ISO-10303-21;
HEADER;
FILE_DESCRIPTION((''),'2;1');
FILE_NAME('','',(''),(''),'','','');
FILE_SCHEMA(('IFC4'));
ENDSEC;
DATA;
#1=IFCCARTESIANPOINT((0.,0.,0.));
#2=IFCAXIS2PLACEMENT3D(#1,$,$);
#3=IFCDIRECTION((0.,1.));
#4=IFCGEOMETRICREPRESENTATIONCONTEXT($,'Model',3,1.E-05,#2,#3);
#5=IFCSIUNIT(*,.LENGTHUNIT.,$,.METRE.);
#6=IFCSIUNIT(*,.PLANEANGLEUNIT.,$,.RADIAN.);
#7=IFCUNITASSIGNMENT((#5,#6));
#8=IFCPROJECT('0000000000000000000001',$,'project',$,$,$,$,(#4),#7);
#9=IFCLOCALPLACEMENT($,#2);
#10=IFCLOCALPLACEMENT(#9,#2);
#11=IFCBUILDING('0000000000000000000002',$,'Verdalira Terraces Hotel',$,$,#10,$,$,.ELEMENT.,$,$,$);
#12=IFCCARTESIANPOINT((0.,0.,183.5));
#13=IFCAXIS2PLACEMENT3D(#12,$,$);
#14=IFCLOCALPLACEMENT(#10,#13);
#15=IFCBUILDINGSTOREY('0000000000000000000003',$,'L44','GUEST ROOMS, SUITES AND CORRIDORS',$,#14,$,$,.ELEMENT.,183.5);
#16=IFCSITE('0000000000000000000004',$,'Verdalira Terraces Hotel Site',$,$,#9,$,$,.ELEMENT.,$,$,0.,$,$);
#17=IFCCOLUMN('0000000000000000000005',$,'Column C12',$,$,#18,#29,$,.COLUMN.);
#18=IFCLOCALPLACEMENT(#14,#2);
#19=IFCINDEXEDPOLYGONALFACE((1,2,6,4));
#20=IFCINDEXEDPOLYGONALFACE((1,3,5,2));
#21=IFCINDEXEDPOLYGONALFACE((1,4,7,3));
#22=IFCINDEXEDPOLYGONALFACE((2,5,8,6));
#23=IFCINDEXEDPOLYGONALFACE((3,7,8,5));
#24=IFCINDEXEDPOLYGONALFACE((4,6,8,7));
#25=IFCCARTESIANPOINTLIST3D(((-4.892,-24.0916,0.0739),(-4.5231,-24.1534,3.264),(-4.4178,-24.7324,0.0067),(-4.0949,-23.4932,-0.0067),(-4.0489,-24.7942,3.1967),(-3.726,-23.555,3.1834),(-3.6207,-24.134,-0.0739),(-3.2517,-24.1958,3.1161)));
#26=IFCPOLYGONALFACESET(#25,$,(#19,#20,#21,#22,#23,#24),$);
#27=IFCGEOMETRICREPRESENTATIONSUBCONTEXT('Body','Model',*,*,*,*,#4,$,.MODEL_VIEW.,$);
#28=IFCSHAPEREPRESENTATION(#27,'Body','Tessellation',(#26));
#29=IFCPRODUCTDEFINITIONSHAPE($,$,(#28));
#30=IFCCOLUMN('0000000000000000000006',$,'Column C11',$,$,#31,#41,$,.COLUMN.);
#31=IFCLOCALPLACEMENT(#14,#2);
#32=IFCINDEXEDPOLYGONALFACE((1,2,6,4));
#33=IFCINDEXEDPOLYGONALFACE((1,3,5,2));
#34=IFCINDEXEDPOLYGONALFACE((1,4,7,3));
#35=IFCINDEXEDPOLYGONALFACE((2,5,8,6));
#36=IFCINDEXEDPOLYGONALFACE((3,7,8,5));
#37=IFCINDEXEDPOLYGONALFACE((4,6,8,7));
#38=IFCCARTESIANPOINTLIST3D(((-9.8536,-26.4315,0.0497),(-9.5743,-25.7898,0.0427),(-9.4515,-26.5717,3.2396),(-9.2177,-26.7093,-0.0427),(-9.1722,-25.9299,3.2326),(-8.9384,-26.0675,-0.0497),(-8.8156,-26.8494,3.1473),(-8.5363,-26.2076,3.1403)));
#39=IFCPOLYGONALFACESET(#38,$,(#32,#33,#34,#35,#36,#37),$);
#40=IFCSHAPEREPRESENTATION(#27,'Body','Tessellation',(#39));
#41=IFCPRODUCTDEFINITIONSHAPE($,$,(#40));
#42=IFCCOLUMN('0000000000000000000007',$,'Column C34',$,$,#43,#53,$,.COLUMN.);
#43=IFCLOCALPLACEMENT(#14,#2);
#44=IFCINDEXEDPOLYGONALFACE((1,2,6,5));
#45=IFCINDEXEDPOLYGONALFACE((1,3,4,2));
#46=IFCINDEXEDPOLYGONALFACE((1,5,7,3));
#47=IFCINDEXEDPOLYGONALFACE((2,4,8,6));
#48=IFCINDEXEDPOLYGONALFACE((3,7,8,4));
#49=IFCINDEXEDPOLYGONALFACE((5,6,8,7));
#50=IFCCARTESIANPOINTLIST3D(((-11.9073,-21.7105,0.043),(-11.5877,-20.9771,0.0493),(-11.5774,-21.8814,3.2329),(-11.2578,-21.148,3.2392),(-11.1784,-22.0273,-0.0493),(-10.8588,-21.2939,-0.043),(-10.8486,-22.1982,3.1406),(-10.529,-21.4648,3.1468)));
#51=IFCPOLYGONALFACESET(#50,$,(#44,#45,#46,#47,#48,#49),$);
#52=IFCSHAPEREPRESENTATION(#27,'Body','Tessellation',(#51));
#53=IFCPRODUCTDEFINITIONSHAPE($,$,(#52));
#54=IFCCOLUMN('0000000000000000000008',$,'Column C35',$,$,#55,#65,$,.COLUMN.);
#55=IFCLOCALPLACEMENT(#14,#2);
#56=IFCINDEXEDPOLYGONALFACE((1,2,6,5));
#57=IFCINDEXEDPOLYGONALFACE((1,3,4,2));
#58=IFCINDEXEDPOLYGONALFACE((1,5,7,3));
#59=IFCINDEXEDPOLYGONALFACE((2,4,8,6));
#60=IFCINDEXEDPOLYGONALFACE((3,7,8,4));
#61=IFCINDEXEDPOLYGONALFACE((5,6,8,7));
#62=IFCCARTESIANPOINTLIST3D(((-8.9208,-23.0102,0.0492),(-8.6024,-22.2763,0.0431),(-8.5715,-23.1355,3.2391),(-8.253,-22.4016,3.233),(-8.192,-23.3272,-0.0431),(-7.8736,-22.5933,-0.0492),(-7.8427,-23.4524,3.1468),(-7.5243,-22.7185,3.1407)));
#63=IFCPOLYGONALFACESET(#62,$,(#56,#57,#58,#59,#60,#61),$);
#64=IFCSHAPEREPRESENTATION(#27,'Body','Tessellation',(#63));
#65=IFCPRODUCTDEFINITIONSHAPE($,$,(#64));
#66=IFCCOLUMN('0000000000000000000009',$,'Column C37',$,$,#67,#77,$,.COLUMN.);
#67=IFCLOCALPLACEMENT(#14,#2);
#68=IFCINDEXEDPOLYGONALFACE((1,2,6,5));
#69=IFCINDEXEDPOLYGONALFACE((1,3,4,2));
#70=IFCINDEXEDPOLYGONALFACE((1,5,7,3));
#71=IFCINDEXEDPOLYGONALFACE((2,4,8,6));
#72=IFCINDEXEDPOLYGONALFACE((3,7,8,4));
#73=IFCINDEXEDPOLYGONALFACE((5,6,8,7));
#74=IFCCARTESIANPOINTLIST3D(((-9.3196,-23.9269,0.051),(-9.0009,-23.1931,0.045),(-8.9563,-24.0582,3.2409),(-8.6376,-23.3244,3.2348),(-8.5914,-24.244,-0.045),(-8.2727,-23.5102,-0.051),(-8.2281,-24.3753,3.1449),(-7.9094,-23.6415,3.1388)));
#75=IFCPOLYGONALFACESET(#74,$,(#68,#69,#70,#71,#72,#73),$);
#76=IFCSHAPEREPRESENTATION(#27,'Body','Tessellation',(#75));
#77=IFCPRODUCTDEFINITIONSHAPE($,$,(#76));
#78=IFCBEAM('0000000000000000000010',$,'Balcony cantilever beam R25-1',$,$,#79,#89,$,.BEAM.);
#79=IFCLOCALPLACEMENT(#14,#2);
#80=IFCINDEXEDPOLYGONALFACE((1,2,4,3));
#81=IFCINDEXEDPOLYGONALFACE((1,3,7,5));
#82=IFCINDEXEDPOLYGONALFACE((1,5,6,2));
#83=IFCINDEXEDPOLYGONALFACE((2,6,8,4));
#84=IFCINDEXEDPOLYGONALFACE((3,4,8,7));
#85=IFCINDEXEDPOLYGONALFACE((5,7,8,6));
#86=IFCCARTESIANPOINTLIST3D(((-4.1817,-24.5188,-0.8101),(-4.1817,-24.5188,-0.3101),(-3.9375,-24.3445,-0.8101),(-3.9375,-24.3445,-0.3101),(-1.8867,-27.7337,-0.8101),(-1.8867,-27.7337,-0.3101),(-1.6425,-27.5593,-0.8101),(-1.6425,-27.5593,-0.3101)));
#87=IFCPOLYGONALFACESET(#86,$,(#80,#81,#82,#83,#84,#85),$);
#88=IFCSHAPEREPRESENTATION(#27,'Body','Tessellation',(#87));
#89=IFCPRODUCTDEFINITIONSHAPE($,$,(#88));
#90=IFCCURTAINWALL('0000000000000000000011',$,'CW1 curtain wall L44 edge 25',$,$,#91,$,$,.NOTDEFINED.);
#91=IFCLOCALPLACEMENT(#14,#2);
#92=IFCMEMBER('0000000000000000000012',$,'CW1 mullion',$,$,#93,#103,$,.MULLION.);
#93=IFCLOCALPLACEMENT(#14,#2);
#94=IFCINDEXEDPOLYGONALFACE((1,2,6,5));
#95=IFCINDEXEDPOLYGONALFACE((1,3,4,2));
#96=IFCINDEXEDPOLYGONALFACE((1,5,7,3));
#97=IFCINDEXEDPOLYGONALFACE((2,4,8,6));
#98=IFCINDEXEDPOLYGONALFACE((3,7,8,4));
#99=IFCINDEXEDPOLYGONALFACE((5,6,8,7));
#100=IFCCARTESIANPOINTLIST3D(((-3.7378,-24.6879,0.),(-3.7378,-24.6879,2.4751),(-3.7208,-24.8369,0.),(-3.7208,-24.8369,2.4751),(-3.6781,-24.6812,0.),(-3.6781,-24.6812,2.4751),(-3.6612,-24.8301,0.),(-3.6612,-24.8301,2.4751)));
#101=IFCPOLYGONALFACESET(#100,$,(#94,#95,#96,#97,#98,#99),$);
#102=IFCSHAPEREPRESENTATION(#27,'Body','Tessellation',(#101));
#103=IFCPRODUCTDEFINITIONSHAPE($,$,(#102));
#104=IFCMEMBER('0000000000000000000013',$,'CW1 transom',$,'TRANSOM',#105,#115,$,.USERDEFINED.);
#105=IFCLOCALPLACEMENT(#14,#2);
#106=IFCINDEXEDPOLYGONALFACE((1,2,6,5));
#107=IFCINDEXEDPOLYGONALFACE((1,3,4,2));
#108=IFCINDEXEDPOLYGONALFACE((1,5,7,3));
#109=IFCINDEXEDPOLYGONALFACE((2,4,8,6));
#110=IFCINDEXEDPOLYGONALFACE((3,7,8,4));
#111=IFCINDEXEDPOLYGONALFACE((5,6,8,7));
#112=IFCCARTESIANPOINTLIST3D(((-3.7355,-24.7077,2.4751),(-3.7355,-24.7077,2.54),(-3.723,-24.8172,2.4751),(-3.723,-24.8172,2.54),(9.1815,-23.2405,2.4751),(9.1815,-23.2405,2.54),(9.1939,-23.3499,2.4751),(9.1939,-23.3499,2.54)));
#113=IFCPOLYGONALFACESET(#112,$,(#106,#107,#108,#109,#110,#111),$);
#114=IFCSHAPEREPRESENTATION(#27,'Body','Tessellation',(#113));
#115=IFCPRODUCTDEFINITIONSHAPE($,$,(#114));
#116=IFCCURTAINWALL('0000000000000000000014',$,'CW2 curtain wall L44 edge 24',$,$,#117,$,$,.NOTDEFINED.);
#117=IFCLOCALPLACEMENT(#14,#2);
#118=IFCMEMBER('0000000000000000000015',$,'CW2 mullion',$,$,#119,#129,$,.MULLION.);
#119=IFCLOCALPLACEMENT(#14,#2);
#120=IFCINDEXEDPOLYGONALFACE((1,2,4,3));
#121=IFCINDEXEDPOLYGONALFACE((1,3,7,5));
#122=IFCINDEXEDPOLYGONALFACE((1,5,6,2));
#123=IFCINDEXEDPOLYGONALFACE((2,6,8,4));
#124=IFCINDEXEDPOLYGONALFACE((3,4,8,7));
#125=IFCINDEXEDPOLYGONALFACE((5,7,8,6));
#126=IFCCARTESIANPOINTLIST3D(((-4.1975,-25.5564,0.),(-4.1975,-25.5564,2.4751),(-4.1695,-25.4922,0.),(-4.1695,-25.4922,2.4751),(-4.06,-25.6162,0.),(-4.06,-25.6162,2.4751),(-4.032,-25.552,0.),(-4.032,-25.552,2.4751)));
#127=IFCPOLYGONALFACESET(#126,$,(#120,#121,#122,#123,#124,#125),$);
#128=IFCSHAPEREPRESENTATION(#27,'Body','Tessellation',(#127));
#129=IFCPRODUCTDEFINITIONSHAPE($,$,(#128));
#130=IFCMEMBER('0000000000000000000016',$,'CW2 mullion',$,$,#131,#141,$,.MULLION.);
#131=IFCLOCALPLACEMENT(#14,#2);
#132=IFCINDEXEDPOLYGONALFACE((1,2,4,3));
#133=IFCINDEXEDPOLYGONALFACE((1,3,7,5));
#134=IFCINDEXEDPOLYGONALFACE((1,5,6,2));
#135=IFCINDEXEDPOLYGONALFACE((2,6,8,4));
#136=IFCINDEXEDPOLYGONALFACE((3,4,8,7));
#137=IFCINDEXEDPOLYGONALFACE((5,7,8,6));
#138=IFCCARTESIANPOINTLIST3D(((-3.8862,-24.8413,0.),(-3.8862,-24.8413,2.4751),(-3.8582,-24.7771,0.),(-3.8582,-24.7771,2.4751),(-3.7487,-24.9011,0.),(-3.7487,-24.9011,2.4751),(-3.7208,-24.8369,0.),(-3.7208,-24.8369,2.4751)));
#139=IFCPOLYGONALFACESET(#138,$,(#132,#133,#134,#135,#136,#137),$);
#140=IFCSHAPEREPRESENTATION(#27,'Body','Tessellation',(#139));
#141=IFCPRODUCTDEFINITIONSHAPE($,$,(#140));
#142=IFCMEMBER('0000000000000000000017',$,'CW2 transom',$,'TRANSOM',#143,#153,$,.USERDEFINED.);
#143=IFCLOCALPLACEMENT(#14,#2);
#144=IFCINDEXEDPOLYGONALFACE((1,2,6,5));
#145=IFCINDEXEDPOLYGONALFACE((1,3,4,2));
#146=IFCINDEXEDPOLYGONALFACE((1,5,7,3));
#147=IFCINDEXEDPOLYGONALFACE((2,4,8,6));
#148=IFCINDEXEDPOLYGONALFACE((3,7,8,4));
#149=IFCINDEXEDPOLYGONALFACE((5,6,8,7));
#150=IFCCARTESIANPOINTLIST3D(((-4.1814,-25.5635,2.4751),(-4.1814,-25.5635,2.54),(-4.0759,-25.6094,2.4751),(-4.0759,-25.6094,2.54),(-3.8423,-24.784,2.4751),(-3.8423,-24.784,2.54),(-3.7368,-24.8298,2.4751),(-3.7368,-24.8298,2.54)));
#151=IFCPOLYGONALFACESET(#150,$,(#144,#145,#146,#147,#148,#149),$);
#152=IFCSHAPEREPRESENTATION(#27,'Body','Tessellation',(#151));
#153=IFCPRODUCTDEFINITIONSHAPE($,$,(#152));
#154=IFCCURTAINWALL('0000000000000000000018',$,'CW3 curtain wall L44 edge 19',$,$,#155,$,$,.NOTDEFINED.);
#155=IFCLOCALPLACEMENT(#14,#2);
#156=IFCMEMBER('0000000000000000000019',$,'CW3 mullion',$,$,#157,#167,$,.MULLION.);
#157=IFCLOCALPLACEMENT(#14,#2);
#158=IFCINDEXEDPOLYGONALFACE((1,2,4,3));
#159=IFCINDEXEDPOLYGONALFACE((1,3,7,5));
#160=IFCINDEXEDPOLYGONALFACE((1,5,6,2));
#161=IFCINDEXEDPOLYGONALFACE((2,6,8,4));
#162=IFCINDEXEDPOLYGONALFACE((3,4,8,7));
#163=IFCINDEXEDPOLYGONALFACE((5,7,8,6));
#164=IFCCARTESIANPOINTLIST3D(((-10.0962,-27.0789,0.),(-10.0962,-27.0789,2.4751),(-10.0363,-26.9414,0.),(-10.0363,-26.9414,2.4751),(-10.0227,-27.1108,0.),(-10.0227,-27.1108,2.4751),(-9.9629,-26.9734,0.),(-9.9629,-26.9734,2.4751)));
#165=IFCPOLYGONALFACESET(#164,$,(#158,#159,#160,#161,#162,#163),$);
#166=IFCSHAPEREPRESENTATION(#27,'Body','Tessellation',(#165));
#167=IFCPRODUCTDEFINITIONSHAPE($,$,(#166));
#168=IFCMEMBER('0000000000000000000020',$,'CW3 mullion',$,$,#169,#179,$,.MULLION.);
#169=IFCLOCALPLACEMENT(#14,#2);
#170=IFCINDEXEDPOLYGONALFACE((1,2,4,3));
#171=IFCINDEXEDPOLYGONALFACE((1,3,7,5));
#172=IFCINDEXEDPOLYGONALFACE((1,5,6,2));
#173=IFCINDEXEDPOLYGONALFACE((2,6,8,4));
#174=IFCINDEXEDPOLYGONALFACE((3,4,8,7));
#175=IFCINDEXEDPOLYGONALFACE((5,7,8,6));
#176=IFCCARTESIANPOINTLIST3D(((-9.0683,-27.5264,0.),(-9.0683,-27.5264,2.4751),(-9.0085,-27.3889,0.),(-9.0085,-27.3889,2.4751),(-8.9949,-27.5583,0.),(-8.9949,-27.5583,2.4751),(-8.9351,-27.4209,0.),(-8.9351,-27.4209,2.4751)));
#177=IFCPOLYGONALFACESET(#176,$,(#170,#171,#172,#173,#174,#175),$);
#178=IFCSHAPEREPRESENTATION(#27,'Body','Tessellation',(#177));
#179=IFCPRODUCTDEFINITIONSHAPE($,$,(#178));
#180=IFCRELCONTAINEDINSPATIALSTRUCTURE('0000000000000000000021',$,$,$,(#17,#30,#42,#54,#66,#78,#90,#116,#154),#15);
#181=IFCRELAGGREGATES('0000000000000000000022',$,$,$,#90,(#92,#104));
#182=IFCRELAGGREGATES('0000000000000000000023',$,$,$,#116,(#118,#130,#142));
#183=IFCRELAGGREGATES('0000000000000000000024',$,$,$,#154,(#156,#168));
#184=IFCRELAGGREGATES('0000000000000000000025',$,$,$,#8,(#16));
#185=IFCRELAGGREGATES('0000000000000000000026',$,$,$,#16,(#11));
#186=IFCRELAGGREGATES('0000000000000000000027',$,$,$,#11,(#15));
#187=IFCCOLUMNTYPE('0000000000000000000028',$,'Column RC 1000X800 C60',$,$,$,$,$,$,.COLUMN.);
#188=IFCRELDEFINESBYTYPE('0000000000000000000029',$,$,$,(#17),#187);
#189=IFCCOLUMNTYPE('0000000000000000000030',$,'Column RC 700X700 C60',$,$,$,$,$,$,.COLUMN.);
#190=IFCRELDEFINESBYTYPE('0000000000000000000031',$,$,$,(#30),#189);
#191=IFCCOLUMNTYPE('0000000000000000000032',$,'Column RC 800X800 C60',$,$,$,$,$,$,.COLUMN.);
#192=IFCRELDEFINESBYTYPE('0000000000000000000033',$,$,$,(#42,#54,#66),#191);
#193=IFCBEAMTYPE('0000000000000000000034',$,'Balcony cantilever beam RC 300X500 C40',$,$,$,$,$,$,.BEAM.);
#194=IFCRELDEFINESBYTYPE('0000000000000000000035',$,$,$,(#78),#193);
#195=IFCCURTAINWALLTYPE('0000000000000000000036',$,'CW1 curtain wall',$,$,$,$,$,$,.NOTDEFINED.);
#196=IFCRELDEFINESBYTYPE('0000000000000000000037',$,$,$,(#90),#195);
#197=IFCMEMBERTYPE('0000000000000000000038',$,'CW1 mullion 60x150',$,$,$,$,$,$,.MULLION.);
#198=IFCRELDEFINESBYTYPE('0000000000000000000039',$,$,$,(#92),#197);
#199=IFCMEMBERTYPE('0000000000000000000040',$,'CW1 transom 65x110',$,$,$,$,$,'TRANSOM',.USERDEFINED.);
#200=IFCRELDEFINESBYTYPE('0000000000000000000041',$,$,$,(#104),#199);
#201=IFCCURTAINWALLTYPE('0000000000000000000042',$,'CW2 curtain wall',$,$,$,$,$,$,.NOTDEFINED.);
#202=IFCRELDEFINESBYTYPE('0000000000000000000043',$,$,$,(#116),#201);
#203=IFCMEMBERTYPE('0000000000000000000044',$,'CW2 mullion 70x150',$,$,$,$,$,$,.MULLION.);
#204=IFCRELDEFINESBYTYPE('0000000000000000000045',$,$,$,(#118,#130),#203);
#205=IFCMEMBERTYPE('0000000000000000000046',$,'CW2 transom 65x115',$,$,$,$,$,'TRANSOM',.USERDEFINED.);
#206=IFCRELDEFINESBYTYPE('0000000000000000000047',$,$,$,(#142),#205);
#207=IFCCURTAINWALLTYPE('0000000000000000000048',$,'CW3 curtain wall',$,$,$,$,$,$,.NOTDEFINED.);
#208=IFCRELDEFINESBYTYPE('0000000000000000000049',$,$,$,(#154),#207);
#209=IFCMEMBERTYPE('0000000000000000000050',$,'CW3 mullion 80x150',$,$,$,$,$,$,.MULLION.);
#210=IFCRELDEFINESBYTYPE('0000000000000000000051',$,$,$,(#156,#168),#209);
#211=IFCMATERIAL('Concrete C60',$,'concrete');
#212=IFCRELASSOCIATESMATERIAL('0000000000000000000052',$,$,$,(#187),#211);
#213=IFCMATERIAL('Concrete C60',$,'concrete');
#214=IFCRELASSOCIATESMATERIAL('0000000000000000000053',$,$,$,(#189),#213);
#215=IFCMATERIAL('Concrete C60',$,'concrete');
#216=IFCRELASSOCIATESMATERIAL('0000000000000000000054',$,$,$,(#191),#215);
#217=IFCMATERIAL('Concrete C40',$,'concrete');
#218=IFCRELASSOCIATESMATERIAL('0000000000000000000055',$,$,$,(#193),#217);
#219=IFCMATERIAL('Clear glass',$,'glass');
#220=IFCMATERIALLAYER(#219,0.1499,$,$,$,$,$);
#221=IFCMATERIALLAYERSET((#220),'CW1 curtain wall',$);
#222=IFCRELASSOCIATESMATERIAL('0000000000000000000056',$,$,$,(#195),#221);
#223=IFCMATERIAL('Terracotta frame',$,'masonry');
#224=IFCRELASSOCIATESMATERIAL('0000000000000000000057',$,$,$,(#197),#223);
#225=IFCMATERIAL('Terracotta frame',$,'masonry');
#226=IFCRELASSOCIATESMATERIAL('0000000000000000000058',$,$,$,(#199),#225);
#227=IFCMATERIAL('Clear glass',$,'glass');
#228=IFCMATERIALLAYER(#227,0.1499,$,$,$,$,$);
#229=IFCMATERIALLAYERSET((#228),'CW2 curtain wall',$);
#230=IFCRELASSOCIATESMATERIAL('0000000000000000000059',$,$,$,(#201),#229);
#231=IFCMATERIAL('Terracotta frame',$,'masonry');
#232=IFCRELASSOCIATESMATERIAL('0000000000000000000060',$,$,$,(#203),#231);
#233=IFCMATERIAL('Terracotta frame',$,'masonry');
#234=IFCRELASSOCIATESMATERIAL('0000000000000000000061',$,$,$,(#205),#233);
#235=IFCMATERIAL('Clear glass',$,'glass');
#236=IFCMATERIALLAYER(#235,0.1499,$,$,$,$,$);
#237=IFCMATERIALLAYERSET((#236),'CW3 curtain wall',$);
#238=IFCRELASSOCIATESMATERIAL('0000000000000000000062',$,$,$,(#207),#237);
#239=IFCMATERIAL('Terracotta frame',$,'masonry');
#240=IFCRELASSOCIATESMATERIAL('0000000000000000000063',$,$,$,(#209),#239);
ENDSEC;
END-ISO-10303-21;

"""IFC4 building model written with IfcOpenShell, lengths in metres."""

from ifc_helpers import new_model, si_unit, direction, frame, origin, origin_2d, place, context, subcontext, project, spatial, rectangle, extrude, material, layer, layer_set, material_profile, profile_set, type_object, element, aggregate, save


model = new_model("IFC4")

# Units and contexts
model_context = context("Model", 3, precision=1e-05, world=origin(), true_north=direction((0.0, 1.0)))
body_context = subcontext(model_context, "Body", "Model", "MODEL_VIEW")
ifc_project = project(units=[si_unit("LENGTHUNIT", "METRE"), si_unit("PLANEANGLEUNIT", "RADIAN")], contexts=[model_context])

# Site, building, storey
site_placement = place(None, origin())
site = spatial("IfcSite", under=ifc_project, at=site_placement, Name="Verdalira Terraces Hotel Site", CompositionType="ELEMENT", RefElevation=0.0)
building_placement = place(site_placement, origin())
building = spatial("IfcBuilding", under=site, at=building_placement, Name="Verdalira Terraces Hotel", CompositionType="ELEMENT")
storey_placement = place(building_placement, frame((0.0, 0.0, 183.5)))
storey = spatial("IfcBuildingStorey", under=building, at=storey_placement, Name="L44", Description="GUEST ROOMS, SUITES AND CORRIDORS", CompositionType="ELEMENT", Elevation=183.5)

# Columns
ifc_material_1 = material(Name="Concrete C60", Category="concrete")
ifc_material_profile_1 = material_profile(ifc_material_1, rectangle(XDim=1.0, YDim=0.8, at=origin_2d()), Name="RC 1000X800")
ifc_profile_set_1 = profile_set([ifc_material_profile_1], Name="Concrete C60")
column_type_1 = type_object("IfcColumnType", Name="Column RC 1000X800 C60", PredefinedType="COLUMN", material=ifc_profile_set_1)
column_1_placement = place(storey_placement, frame((-4.2563, -24.1128, 0.0), z_axis=(0.114857, -0.019231, 0.993196), x_axis=(-0.797128, -0.598408, 0.080596)))
element("IfcColumn", 1, at=column_1_placement, inside=storey, type_object=column_type_1, Name="Column C12", PredefinedType="COLUMN", context=body_context, shape_type="SweptSolid", body=[
    extrude(rectangle(XDim=1.0, YDim=0.8, at=origin_2d()), origin(), (0.0, 0.0, 1.0), 3.2119),
])
ifc_material_2 = material(Name="Concrete C60", Category="concrete")
ifc_material_profile_2 = material_profile(ifc_material_2, rectangle(XDim=0.7, YDim=0.7, at=origin_2d()), Name="RC 700X700")
ifc_profile_set_2 = profile_set([ifc_material_profile_2], Name="Concrete C60")
column_type_2 = type_object("IfcColumnType", Name="Column RC 700X700 C60", PredefinedType="COLUMN", material=ifc_profile_set_2)
column_2_placement = place(storey_placement, frame((-9.396, -26.2495, 0.0), z_axis=(0.124944, -0.043545, 0.991208), x_axis=(0.908382, -0.396782, -0.131935)))
element("IfcColumn", 2, at=column_2_placement, inside=storey, type_object=column_type_2, Name="Column C11", PredefinedType="COLUMN", context=body_context, shape_type="SweptSolid", body=[
    extrude(rectangle(XDim=0.7, YDim=0.7, at=origin_2d()), origin(), (0.0, 0.0, 1.0), 3.2183),
])
ifc_material_3 = material(Name="Concrete C60", Category="concrete")
ifc_material_profile_3 = material_profile(ifc_material_3, rectangle(XDim=0.8, YDim=0.8, at=origin_2d()), Name="RC 800X800")
ifc_profile_set_3 = profile_set([ifc_material_profile_3], Name="Concrete C60")
column_type_3 = type_object("IfcColumnType", Name="Column RC 800X800 C60", PredefinedType="COLUMN", material=ifc_profile_set_3)
for number, where, z_axis, x_axis, name in (
    (3, (-11.3831, -21.5022, 0.0), (0.102704, -0.053215, 0.993288), (-0.399474, -0.916711, -0.007807), "Column C34"),
    (4, (-8.3972, -22.8018, 0.0), (0.108787, -0.038999, 0.9933), (-0.398015, -0.917348, 0.007574), "Column C35"),
):
    element("IfcColumn", number, at=place(storey_placement, frame(where, z_axis=z_axis, x_axis=x_axis)), inside=storey, type_object=column_type_3, Name=name, PredefinedType="COLUMN", context=body_context, shape_type="SweptSolid", body=[
        extrude(rectangle(XDim=0.8, YDim=0.8, at=origin_2d()), origin(), (0.0, 0.0, 1.0), 3.2114),
    ])
column_3_placement = place(storey_placement, frame((-8.7961, -23.7185, 0.0), z_axis=(0.113057, -0.040877, 0.992747), x_axis=(-0.398382, -0.917188, 0.007603)))
element("IfcColumn", 5, at=column_3_placement, inside=storey, type_object=column_type_3, Name="Column C37", PredefinedType="COLUMN", context=body_context, shape_type="SweptSolid", body=[
    extrude(rectangle(XDim=0.8, YDim=0.8, at=origin_2d()), origin(), (0.0, 0.0, 1.0), 3.2131),
])

# Beam
ifc_material_4 = material(Name="Concrete C40", Category="concrete")
ifc_material_profile_4 = material_profile(ifc_material_4, rectangle(XDim=0.3, YDim=0.5, at=origin_2d()), Name="RC 300X500")
ifc_profile_set_4 = profile_set([ifc_material_profile_4], Name="Concrete C40")
beam_type_1 = type_object("IfcBeamType", Name="Balcony cantilever beam RC 300X500 C40", PredefinedType="BEAM", material=ifc_profile_set_4)
beam_1_placement = place(storey_placement, frame((-4.0596, -24.4316, -0.5601), z_axis=(0.581004, -0.8139, 0.0), x_axis=(0.8139, 0.581004, 0.0)))
element("IfcBeam", 6, at=beam_1_placement, inside=storey, type_object=beam_type_1, Name="Balcony cantilever beam R25-1", PredefinedType="BEAM", context=body_context, shape_type="SweptSolid", body=[
    extrude(rectangle(XDim=0.3, YDim=0.5, at=origin_2d()), origin(), (0.0, 0.0, 1.0), 3.95),
])

# Curtain walls, members
ifc_material_5 = material(Name="Clear glass", Category="glass")
ifc_layer_1 = layer(ifc_material_5, 0.1499)
ifc_layer_set_1 = layer_set([ifc_layer_1], Name="CW1 curtain wall")
curtain_wall_type_1 = type_object("IfcCurtainWallType", Name="CW1 curtain wall", PredefinedType="NOTDEFINED", material=ifc_layer_set_1)
curtain_wall_1_placement = place(storey_placement, origin())
curtain_wall_1 = element("IfcCurtainWall", 7, at=curtain_wall_1_placement, inside=storey, type_object=curtain_wall_type_1, Name="CW1 curtain wall L44 edge 25", PredefinedType="NOTDEFINED")
ifc_material_6 = material(Name="Terracotta frame", Category="masonry")
ifc_material_profile_5 = material_profile(ifc_material_6, rectangle(XDim=0.0601, YDim=0.1499, at=origin_2d()), Name="MU 60x150")
ifc_profile_set_5 = profile_set([ifc_material_profile_5], Name="Terracotta frame")
member_type_1 = type_object("IfcMemberType", Name="CW1 mullion 60x150", PredefinedType="MULLION", material=ifc_profile_set_5)
member_1_placement = place(storey_placement, frame((-3.6995, -24.759, 0.0), z_axis=(0.0, 0.0, 1.0), x_axis=(0.993611, 0.112856, 0.0)))
member_1 = element("IfcMember", 8, at=member_1_placement, type_object=member_type_1, Name="CW1 mullion", PredefinedType="MULLION", context=body_context, shape_type="SweptSolid", body=[
    extrude(rectangle(XDim=0.0601, YDim=0.1499, at=origin_2d()), origin(), (0.0, 0.0, 1.0), 2.4751),
])
ifc_material_7 = material(Name="Terracotta frame", Category="masonry")
ifc_material_profile_6 = material_profile(ifc_material_7, rectangle(XDim=0.1101, YDim=0.0649, at=origin_2d()), Name="TR 65x110")
ifc_profile_set_6 = profile_set([ifc_material_profile_6], Name="Terracotta frame")
member_type_2 = type_object("IfcMemberType", Name="CW1 transom 65x110", ElementType="TRANSOM", PredefinedType="USERDEFINED", material=ifc_profile_set_6)
member_2_placement = place(storey_placement, frame((-3.7292, -24.7625, 2.5076), z_axis=(0.99361, 0.112868, 0.0), x_axis=(-0.112868, 0.99361, 0.0)))
member_2 = element("IfcMember", 9, at=member_2_placement, type_object=member_type_2, Name="CW1 transom", ObjectType="TRANSOM", PredefinedType="USERDEFINED", context=body_context, shape_type="SweptSolid", body=[
    extrude(rectangle(XDim=0.1101, YDim=0.0649, at=origin_2d()), origin(), (0.0, 0.0, 1.0), 13.0),
])
aggregate(curtain_wall_1, [member_1, member_2])
ifc_material_8 = material(Name="Clear glass", Category="glass")
ifc_layer_2 = layer(ifc_material_8, 0.1499)
ifc_layer_set_2 = layer_set([ifc_layer_2], Name="CW2 curtain wall")
curtain_wall_type_2 = type_object("IfcCurtainWallType", Name="CW2 curtain wall", PredefinedType="NOTDEFINED", material=ifc_layer_set_2)
curtain_wall_2_placement = place(storey_placement, origin())
curtain_wall_2 = element("IfcCurtainWall", 10, at=curtain_wall_2_placement, inside=storey, type_object=curtain_wall_type_2, Name="CW2 curtain wall L44 edge 24", PredefinedType="NOTDEFINED")
ifc_material_9 = material(Name="Terracotta frame", Category="masonry")
ifc_material_profile_7 = material_profile(ifc_material_9, rectangle(XDim=0.0701, YDim=0.1499, at=origin_2d()), Name="MU 70x150")
ifc_profile_set_7 = profile_set([ifc_material_profile_7], Name="Terracotta frame")
member_type_3 = type_object("IfcMemberType", Name="CW2 mullion 70x150", PredefinedType="MULLION", material=ifc_profile_set_7)
member_3_placement = place(storey_placement, frame((-4.1147, -25.5542, 0.0), z_axis=(0.0, 0.0, 1.0), x_axis=(0.399069, 0.916921, 0.0)))
member_3 = element("IfcMember", 11, at=member_3_placement, type_object=member_type_3, Name="CW2 mullion", PredefinedType="MULLION", context=body_context, shape_type="SweptSolid", body=[
    extrude(rectangle(XDim=0.0701, YDim=0.1499, at=origin_2d()), origin(), (0.0, 0.0, 1.0), 2.4751),
])
member_4_placement = place(storey_placement, frame((-3.8035, -24.8391, 0.0), z_axis=(0.0, 0.0, 1.0), x_axis=(0.399069, 0.916921, 0.0)))
member_4 = element("IfcMember", 12, at=member_4_placement, type_object=member_type_3, Name="CW2 mullion", PredefinedType="MULLION", context=body_context, shape_type="SweptSolid", body=[
    extrude(rectangle(XDim=0.0701, YDim=0.1499, at=origin_2d()), origin(), (0.0, 0.0, 1.0), 2.4751),
])
ifc_material_10 = material(Name="Terracotta frame", Category="masonry")
ifc_material_profile_8 = material_profile(ifc_material_10, rectangle(XDim=0.115, YDim=0.0649, at=origin_2d()), Name="TR 65x115")
ifc_profile_set_8 = profile_set([ifc_material_profile_8], Name="Terracotta frame")
member_type_4 = type_object("IfcMemberType", Name="CW2 transom 65x115", ElementType="TRANSOM", PredefinedType="USERDEFINED", material=ifc_profile_set_8)
member_5_placement = place(storey_placement, frame((-4.1287, -25.5864, 2.5076), z_axis=(0.398905, 0.916992, 0.0), x_axis=(-0.916992, 0.398905, 0.0)))
member_5 = element("IfcMember", 13, at=member_5_placement, type_object=member_type_4, Name="CW2 transom", ObjectType="TRANSOM", PredefinedType="USERDEFINED", context=body_context, shape_type="SweptSolid", body=[
    extrude(rectangle(XDim=0.115, YDim=0.0649, at=origin_2d()), origin(), (0.0, 0.0, 1.0), 0.8501),
])
ifc_material_11 = material(Name="Clear glass", Category="glass")
ifc_layer_3 = layer(ifc_material_11, 0.1499)
ifc_layer_set_3 = layer_set([ifc_layer_3], Name="CW3 curtain wall")
curtain_wall_type_3 = type_object("IfcCurtainWallType", Name="CW3 curtain wall", PredefinedType="NOTDEFINED", material=ifc_layer_set_3)
curtain_wall_3_placement = place(storey_placement, origin())
curtain_wall_3 = element("IfcCurtainWall", 14, at=curtain_wall_3_placement, inside=storey, type_object=curtain_wall_type_3, Name="CW3 curtain wall L44 edge 19", PredefinedType="NOTDEFINED")
ifc_material_12 = material(Name="Terracotta frame", Category="masonry")
ifc_material_profile_9 = material_profile(ifc_material_12, rectangle(XDim=0.0801, YDim=0.1499, at=origin_2d()), Name="MU 80x150")
ifc_profile_set_9 = profile_set([ifc_material_profile_9], Name="Terracotta frame")
member_type_5 = type_object("IfcMemberType", Name="CW3 mullion 80x150", PredefinedType="MULLION", material=ifc_profile_set_9)
member_6_placement = place(storey_placement, frame((-10.0295, -27.0261, 0.0), z_axis=(0.0, 0.0, 1.0), x_axis=(0.916921, -0.399069, 0.0)))
member_6 = element("IfcMember", 15, at=member_6_placement, type_object=member_type_5, Name="CW3 mullion", PredefinedType="MULLION", context=body_context, shape_type="SweptSolid", body=[
    extrude(rectangle(XDim=0.0801, YDim=0.1499, at=origin_2d()), origin(), (0.0, 0.0, 1.0), 2.4751),
])
member_7_placement = place(storey_placement, frame((-9.0017, -27.4736, 0.0), z_axis=(0.0, 0.0, 1.0), x_axis=(0.916921, -0.399069, 0.0)))
member_7 = element("IfcMember", 16, at=member_7_placement, type_object=member_type_5, Name="CW3 mullion", PredefinedType="MULLION", context=body_context, shape_type="SweptSolid", body=[
    extrude(rectangle(XDim=0.0801, YDim=0.1499, at=origin_2d()), origin(), (0.0, 0.0, 1.0), 2.4751),
])

aggregate(curtain_wall_2, [member_3, member_4, member_5])
aggregate(curtain_wall_3, [member_6, member_7])

save(model, "model.ifc")
